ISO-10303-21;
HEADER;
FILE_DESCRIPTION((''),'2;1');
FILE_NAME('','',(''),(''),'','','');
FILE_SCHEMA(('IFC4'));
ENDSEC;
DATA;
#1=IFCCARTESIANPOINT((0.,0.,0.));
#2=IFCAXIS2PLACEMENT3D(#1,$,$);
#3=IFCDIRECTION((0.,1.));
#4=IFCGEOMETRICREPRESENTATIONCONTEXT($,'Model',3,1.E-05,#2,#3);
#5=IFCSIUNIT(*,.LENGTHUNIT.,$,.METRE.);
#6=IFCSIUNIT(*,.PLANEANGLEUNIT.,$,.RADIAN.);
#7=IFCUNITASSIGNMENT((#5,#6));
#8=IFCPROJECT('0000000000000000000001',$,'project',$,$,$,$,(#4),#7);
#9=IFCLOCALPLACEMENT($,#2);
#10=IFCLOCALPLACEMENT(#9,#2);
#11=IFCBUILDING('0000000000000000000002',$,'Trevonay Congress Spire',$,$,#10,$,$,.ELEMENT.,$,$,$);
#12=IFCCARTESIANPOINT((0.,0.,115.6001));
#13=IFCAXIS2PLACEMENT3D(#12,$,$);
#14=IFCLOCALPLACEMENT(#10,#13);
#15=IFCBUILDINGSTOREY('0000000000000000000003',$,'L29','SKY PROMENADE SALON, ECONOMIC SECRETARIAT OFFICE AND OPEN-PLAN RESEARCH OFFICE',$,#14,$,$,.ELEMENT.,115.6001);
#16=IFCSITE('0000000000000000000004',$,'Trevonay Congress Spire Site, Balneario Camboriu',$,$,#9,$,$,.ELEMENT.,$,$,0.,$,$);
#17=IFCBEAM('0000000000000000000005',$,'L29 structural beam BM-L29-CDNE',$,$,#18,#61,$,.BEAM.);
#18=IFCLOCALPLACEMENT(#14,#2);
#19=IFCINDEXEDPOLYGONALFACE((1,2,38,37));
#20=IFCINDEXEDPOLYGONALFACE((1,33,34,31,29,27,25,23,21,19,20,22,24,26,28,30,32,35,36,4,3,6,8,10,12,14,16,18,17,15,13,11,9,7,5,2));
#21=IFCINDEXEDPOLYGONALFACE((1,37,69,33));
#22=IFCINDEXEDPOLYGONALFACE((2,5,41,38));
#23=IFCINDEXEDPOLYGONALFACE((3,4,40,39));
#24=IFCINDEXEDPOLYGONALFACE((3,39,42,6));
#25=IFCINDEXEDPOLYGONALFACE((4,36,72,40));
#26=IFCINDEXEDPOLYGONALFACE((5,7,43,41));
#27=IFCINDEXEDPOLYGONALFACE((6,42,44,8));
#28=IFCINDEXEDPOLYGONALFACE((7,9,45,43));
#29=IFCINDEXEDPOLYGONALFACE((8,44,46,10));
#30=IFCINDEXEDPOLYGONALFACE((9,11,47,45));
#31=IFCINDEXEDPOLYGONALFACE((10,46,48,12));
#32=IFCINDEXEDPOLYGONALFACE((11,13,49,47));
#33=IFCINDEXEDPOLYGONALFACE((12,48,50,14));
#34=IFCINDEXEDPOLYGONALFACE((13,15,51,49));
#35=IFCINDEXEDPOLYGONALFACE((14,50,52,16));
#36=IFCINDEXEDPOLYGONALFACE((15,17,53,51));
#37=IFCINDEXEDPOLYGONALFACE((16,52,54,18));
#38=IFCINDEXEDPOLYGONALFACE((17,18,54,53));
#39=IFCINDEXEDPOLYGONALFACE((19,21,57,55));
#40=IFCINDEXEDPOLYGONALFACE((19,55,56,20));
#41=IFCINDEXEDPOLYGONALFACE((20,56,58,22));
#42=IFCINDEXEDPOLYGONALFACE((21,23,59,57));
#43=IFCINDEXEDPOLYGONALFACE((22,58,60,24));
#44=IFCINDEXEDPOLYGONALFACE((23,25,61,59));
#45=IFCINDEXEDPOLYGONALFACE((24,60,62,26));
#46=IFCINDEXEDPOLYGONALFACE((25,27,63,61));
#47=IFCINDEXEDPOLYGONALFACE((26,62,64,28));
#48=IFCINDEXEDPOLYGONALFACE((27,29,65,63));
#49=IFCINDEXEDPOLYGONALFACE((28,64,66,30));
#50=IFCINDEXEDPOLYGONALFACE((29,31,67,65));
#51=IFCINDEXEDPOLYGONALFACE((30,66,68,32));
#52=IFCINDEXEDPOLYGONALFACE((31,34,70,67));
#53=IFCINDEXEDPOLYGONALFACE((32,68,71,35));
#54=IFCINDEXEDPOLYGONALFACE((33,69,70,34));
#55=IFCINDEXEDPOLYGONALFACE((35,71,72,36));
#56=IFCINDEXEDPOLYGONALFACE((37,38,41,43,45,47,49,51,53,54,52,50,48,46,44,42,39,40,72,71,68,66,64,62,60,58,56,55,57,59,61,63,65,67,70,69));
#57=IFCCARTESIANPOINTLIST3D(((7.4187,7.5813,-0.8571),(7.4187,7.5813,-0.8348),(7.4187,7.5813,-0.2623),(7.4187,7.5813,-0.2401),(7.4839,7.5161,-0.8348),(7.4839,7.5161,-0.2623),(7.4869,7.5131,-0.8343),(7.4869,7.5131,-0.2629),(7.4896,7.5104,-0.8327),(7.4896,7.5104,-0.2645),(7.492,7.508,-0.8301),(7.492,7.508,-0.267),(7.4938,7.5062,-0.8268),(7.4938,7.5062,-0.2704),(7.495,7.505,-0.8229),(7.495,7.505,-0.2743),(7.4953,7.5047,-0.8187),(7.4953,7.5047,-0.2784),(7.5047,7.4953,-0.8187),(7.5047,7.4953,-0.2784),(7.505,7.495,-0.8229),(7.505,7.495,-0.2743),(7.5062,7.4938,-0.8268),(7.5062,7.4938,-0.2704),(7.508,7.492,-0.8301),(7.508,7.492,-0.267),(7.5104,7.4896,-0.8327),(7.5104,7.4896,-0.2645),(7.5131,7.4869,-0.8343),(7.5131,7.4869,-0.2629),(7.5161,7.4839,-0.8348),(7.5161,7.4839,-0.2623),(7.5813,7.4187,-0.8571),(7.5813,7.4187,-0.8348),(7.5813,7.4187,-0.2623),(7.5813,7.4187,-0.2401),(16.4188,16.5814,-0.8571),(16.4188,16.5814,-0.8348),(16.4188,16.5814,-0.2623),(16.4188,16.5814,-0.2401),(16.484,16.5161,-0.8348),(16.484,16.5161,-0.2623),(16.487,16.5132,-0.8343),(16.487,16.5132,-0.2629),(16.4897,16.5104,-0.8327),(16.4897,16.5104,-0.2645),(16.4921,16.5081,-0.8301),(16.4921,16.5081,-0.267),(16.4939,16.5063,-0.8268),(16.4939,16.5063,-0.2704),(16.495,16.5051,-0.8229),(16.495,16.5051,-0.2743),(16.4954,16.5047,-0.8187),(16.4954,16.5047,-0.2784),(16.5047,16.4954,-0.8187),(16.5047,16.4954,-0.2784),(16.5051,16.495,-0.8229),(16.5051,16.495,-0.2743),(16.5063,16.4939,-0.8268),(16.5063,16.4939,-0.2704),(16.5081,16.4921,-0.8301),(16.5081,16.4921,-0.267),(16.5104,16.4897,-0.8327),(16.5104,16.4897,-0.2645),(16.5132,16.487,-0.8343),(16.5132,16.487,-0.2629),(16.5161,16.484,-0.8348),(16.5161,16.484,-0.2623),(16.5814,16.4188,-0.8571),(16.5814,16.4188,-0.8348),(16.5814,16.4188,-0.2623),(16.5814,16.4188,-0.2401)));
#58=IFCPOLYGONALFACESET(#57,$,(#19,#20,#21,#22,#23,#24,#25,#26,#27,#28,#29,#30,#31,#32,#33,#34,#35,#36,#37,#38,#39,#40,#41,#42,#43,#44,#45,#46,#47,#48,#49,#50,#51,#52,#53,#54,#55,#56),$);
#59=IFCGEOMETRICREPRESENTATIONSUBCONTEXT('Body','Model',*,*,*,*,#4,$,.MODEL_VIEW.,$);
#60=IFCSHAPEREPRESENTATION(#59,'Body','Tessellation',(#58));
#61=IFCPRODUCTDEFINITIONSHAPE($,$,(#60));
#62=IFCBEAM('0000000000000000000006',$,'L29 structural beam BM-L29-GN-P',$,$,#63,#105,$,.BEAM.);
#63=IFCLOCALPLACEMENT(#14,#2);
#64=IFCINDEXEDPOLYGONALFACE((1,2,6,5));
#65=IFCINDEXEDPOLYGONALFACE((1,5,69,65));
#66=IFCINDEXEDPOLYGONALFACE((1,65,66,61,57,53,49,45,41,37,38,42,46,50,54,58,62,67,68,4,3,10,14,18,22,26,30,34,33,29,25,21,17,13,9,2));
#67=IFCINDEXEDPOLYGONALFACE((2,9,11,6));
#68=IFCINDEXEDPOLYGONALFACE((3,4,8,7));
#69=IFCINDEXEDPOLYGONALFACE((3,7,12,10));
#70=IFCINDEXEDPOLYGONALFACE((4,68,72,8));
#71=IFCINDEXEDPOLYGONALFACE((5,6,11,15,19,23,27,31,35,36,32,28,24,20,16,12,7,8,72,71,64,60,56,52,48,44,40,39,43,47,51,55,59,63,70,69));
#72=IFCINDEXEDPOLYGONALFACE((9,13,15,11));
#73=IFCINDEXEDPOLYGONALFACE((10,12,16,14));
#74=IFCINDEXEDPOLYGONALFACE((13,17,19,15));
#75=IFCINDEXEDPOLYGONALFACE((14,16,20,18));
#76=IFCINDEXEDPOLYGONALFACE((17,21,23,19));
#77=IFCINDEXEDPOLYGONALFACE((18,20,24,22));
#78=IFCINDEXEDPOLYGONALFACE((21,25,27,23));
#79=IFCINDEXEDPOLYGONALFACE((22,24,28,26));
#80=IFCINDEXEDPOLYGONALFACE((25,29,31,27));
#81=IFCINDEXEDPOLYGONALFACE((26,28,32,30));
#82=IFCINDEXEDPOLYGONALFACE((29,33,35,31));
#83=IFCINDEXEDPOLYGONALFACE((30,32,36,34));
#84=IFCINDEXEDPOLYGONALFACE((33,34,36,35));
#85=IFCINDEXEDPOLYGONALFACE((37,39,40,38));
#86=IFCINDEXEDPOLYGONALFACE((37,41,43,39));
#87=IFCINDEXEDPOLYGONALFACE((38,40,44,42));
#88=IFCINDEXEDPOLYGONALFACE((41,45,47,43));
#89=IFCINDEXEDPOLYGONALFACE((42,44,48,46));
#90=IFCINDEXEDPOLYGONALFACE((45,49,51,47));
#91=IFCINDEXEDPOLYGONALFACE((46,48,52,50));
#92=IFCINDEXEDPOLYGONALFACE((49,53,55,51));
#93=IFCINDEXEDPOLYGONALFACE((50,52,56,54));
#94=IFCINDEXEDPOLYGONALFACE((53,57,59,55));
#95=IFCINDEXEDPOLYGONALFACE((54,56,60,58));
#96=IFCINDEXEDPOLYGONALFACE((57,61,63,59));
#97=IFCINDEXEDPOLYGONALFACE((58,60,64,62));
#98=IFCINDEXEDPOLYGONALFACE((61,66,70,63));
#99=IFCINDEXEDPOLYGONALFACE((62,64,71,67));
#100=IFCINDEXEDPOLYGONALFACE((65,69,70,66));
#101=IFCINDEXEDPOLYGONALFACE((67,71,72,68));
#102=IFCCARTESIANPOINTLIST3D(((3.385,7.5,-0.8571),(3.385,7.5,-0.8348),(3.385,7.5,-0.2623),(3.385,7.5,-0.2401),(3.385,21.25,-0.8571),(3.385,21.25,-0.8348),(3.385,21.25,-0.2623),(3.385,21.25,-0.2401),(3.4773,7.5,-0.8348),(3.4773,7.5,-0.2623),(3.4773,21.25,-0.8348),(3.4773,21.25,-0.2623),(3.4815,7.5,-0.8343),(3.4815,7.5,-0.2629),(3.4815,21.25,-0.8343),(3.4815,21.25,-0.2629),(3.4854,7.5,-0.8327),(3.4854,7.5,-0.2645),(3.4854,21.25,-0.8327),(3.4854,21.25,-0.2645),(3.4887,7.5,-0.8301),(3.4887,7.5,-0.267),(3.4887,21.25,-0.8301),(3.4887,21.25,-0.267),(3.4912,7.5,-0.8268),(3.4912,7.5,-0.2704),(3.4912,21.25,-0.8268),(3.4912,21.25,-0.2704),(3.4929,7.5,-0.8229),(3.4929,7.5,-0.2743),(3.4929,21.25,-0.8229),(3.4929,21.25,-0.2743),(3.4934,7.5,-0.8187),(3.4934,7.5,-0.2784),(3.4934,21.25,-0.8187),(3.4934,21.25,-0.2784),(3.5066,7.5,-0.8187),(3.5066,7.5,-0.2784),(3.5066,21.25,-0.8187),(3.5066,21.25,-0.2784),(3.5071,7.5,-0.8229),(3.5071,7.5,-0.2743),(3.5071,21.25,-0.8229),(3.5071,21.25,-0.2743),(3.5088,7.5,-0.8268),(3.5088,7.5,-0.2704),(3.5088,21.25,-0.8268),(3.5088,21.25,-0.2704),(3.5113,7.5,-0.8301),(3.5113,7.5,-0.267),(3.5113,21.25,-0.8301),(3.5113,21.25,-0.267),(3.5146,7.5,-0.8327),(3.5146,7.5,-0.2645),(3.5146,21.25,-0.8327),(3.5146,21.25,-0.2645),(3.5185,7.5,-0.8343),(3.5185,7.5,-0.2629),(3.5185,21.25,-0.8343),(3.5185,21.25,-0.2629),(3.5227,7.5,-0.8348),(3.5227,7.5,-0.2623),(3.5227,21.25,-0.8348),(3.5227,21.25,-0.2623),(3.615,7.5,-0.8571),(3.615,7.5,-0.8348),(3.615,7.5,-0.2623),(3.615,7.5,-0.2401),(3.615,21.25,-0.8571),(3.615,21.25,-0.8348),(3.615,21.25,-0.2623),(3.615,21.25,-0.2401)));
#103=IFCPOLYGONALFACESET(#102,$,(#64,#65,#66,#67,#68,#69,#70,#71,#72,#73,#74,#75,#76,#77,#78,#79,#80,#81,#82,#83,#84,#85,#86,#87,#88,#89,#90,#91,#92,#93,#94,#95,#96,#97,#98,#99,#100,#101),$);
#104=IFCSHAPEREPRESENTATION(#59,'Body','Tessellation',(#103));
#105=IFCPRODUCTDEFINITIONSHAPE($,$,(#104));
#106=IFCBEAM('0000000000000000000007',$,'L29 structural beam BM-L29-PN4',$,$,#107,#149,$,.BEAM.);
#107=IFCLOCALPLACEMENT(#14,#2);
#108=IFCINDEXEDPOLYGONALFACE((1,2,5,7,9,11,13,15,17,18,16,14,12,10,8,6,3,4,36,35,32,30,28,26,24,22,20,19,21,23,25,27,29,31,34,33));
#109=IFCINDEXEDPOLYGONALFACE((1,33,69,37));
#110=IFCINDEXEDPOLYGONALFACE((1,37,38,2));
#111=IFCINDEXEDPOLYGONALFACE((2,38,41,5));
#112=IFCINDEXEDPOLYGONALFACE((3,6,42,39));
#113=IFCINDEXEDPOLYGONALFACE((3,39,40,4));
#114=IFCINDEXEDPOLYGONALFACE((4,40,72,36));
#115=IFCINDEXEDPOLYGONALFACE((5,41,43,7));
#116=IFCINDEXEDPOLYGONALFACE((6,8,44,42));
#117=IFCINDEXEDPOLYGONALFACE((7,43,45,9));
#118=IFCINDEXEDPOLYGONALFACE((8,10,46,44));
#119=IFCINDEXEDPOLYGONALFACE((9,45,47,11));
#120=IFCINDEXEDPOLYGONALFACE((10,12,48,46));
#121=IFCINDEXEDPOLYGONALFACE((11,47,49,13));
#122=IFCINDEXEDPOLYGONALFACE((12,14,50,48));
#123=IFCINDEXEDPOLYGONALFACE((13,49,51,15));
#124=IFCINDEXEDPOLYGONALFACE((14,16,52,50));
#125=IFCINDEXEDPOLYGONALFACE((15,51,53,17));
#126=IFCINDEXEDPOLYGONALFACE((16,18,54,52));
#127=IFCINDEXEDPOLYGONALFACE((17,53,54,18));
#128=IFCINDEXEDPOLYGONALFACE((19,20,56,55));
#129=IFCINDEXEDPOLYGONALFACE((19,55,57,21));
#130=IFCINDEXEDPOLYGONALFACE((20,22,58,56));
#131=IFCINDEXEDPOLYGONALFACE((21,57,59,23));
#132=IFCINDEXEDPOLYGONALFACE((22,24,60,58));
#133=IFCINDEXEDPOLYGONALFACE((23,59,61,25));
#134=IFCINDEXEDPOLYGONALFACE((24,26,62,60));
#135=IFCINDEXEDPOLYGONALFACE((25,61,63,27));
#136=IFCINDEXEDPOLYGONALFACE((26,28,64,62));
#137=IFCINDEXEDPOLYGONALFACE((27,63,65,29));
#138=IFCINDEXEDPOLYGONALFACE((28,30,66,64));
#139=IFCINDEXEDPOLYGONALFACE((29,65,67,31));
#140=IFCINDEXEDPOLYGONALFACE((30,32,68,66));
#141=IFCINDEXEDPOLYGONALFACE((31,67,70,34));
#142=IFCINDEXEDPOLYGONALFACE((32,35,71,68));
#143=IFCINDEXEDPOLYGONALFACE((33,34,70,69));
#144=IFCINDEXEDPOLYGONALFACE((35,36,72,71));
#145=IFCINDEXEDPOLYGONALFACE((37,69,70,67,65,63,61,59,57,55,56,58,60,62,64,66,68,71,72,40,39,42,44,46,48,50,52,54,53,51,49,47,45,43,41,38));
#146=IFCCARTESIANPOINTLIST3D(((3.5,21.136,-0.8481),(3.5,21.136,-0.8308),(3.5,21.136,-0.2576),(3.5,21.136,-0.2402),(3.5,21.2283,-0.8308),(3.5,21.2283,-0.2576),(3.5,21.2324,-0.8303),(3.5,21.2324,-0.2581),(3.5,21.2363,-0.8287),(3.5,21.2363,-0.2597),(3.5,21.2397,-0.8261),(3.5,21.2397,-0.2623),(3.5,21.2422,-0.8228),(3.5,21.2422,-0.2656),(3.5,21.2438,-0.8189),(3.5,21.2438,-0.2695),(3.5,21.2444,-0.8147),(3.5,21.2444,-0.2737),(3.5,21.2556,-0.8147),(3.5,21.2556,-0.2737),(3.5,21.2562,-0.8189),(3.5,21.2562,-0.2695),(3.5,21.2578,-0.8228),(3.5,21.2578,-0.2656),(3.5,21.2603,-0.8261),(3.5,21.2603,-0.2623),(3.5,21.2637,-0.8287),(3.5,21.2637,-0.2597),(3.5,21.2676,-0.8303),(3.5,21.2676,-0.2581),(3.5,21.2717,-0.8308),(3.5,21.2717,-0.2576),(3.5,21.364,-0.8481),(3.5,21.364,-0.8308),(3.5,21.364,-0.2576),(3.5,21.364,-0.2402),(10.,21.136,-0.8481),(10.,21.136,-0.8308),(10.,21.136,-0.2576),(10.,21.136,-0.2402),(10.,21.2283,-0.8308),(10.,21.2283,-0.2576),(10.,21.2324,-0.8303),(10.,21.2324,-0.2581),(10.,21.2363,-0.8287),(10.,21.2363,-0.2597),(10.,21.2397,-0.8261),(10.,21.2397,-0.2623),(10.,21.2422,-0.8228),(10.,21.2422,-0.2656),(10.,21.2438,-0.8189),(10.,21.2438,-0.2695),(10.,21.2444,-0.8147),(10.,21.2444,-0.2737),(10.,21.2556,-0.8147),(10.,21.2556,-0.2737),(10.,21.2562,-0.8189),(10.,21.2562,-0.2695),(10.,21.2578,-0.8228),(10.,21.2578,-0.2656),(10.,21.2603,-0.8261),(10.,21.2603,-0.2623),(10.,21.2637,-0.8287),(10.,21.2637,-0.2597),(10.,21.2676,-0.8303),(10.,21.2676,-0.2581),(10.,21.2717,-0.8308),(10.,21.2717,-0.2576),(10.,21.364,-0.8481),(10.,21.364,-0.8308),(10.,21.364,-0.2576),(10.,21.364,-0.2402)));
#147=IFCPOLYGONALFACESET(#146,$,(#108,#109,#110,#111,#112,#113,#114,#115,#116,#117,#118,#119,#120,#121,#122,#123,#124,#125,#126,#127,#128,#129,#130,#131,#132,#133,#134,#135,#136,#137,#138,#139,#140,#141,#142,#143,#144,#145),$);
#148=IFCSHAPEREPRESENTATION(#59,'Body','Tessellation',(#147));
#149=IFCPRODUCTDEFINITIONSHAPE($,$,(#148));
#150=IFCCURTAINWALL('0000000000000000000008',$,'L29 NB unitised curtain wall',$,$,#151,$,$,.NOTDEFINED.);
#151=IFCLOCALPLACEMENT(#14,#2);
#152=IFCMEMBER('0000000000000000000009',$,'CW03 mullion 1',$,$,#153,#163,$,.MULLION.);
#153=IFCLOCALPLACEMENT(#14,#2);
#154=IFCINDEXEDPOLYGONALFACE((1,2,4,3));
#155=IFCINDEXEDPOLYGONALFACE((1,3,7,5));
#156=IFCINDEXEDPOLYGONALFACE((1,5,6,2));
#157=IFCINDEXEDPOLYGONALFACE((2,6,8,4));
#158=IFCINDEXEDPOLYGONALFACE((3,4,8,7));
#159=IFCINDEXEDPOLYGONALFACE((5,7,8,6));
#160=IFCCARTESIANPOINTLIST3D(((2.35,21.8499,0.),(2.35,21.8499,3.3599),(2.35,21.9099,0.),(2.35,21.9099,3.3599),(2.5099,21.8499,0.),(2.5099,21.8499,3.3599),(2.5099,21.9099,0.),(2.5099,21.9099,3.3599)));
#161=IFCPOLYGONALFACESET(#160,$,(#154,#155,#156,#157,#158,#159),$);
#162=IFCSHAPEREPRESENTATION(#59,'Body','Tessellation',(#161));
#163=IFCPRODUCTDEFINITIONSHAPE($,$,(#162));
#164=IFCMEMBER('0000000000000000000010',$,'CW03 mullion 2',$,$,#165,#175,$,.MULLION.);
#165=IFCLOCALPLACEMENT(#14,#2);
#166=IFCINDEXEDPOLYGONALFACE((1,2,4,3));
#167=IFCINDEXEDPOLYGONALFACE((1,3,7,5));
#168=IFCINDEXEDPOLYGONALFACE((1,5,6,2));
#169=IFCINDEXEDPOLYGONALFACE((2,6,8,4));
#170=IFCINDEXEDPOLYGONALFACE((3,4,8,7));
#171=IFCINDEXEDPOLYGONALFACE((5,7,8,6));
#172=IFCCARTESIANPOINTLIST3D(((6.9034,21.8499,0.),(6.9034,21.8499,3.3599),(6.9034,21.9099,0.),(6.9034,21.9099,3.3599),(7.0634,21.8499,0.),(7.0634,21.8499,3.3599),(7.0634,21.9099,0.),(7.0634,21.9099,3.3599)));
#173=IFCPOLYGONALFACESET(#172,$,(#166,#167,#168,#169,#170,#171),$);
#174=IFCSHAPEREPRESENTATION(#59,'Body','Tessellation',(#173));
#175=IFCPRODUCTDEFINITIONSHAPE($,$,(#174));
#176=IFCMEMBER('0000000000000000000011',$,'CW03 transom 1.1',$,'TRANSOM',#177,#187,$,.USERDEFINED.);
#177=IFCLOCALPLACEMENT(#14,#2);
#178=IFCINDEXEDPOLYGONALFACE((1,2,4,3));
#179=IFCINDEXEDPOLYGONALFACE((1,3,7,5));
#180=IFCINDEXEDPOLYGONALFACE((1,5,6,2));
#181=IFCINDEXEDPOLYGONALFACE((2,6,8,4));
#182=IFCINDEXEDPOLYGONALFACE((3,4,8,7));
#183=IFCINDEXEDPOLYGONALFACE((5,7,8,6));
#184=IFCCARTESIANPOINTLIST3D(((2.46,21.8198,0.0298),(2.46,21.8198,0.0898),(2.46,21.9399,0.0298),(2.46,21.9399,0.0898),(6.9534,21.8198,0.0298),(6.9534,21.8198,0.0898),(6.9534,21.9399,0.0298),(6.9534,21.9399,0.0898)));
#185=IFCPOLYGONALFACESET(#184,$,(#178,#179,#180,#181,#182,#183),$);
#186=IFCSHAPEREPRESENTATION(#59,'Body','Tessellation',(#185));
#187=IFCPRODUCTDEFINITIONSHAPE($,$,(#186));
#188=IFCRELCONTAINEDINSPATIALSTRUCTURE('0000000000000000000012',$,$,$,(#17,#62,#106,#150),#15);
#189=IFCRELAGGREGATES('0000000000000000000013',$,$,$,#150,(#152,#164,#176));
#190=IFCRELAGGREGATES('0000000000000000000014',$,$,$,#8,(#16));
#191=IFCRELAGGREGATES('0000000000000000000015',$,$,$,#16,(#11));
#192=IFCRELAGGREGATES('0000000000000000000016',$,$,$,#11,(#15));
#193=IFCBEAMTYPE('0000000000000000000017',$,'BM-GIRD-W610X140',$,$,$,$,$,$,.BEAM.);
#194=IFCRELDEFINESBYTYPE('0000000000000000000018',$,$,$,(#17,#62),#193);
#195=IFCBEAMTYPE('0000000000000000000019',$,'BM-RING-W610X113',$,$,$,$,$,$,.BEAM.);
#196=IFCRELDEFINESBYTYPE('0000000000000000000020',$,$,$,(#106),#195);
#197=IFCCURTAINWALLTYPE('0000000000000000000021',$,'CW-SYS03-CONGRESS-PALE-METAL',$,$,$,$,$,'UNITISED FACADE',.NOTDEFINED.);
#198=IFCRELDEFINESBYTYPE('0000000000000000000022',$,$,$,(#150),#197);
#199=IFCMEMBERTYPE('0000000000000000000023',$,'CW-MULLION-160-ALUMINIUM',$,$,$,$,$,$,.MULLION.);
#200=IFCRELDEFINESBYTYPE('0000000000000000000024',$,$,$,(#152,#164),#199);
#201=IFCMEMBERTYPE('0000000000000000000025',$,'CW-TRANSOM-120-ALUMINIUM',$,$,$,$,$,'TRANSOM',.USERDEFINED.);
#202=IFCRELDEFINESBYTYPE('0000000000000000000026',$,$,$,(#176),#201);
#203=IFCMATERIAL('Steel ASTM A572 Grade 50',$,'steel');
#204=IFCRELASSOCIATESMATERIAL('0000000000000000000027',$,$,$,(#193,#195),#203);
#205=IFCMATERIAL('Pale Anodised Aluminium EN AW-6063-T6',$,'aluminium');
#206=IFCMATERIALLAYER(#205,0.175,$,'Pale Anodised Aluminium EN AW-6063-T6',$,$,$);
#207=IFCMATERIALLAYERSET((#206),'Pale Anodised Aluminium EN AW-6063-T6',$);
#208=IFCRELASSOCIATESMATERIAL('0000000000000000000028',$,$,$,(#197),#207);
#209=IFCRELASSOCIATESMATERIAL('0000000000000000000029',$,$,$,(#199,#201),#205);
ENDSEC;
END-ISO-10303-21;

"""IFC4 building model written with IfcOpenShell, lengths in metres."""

from ifc_helpers import new_model, si_unit, direction, frame, origin, origin_2d, place, context, subcontext, project, spatial, rectangle, i_section, extrude, material, layer, layer_set, material_profile, profile_set, type_object, element, aggregate, save


model = new_model("IFC4")

# Units and contexts
model_context = context("Model", 3, precision=1e-05, world=origin(), true_north=direction((0.0, 1.0)))
body_context = subcontext(model_context, "Body", "Model", "MODEL_VIEW")
ifc_project = project(units=[si_unit("LENGTHUNIT", "METRE"), si_unit("PLANEANGLEUNIT", "RADIAN")], contexts=[model_context])

# Site, building, storey
site_placement = place(None, origin())
site = spatial("IfcSite", under=ifc_project, at=site_placement, Name="Trevonay Congress Spire Site, Balneario Camboriu", CompositionType="ELEMENT", RefElevation=0.0)
building_placement = place(site_placement, origin())
building = spatial("IfcBuilding", under=site, at=building_placement, Name="Trevonay Congress Spire", CompositionType="ELEMENT")
storey_placement = place(building_placement, frame((0.0, 0.0, 115.6001)))
storey = spatial("IfcBuildingStorey", under=building, at=storey_placement, Name="L29", Description="SKY PROMENADE SALON, ECONOMIC SECRETARIAT OFFICE AND OPEN-PLAN RESEARCH OFFICE", CompositionType="ELEMENT", Elevation=115.6001)

# Shared definitions
ifc_material_1 = material(Name="Steel ASTM A572 Grade 50", Category="steel")

# Beams
ifc_material_profile_1 = material_profile(ifc_material_1, i_section(OverallWidth=0.23, OverallDepth=0.6169, WebThickness=0.0132, FlangeThickness=0.0222, FilletRadius=0.0161, at=origin_2d()), Name="W610x140")
ifc_profile_set_1 = profile_set([ifc_material_profile_1], Name="Steel ASTM A572 Grade 50")
beam_type_1 = type_object("IfcBeamType", Name="BM-GIRD-W610X140", PredefinedType="BEAM", material=ifc_profile_set_1)
beam_1_placement = place(storey_placement, frame((7.5, 7.5, -0.5486), z_axis=(0.707107, 0.707107, 0.0), x_axis=(-0.707107, 0.707107, 0.0)))
element("IfcBeam", 1, at=beam_1_placement, inside=storey, type_object=beam_type_1, Name="L29 structural beam BM-L29-CDNE", PredefinedType="BEAM", context=body_context, shape_type="SweptSolid", body=[
    extrude(i_section(OverallWidth=0.23, OverallDepth=0.6169, WebThickness=0.0132, FlangeThickness=0.0222, FilletRadius=0.0161, at=origin_2d()), origin(), (0.0, 0.0, 1.0), 12.728),
])
beam_2_placement = place(storey_placement, frame((3.5, 7.5, -0.5486), z_axis=(0.0, 1.0, 0.0), x_axis=(-1.0, 0.0, 0.0)))
element("IfcBeam", 2, at=beam_2_placement, inside=storey, type_object=beam_type_1, Name="L29 structural beam BM-L29-GN-P", PredefinedType="BEAM", context=body_context, shape_type="SweptSolid", body=[
    extrude(i_section(OverallWidth=0.23, OverallDepth=0.6169, WebThickness=0.0132, FlangeThickness=0.0222, FilletRadius=0.0161, at=origin_2d()), origin(), (0.0, 0.0, 1.0), 13.75),
])
ifc_material_profile_2 = material_profile(ifc_material_1, i_section(OverallWidth=0.228, OverallDepth=0.6079, WebThickness=0.0112, FlangeThickness=0.0173, FilletRadius=0.0161, at=origin_2d()), Name="W610x113")
ifc_profile_set_2 = profile_set([ifc_material_profile_2], Name="Steel ASTM A572 Grade 50")
beam_type_2 = type_object("IfcBeamType", Name="BM-RING-W610X113", PredefinedType="BEAM", material=ifc_profile_set_2)
beam_3_placement = place(storey_placement, frame((3.5, 21.25, -0.5442), z_axis=(1.0, 0.0, 0.0), x_axis=(0.0, 1.0, 0.0)))
element("IfcBeam", 3, at=beam_3_placement, inside=storey, type_object=beam_type_2, Name="L29 structural beam BM-L29-PN4", PredefinedType="BEAM", context=body_context, shape_type="SweptSolid", body=[
    extrude(i_section(OverallWidth=0.228, OverallDepth=0.6079, WebThickness=0.0112, FlangeThickness=0.0173, FilletRadius=0.0161, at=origin_2d()), origin(), (0.0, 0.0, 1.0), 6.5),
])

# Curtain wall, members
ifc_material_2 = material(Name="Pale Anodised Aluminium EN AW-6063-T6", Category="aluminium")
ifc_layer_1 = layer(ifc_material_2, 0.175, Name="Pale Anodised Aluminium EN AW-6063-T6")
ifc_layer_set_1 = layer_set([ifc_layer_1], Name="Pale Anodised Aluminium EN AW-6063-T6")
curtain_wall_type = type_object("IfcCurtainWallType", Name="CW-SYS03-CONGRESS-PALE-METAL", ElementType="UNITISED FACADE", PredefinedType="NOTDEFINED", material=ifc_layer_set_1)
curtain_wall_placement = place(storey_placement, origin())
curtain_wall = element("IfcCurtainWall", 4, at=curtain_wall_placement, inside=storey, type_object=curtain_wall_type, Name="L29 NB unitised curtain wall", PredefinedType="NOTDEFINED")
ifc_material_profile_3 = material_profile(ifc_material_2, rectangle(XDim=0.0601, YDim=0.1599, at=origin_2d()), Name="CW-MULLION-160-ALUMINIUM")
ifc_profile_set_3 = profile_set([ifc_material_profile_3], Name="Pale Anodised Aluminium EN AW-6063-T6")
member_type_1 = type_object("IfcMemberType", Name="CW-MULLION-160-ALUMINIUM", PredefinedType="MULLION", material=ifc_profile_set_3)
member_1_placement = place(storey_placement, frame((2.4299, 21.8799, 0.0), z_axis=(0.0, 0.0, 1.0), x_axis=(0.0, 1.0, 0.0)))
member_1 = element("IfcMember", 5, at=member_1_placement, type_object=member_type_1, Name="CW03 mullion 1", PredefinedType="MULLION", context=body_context, shape_type="SweptSolid", body=[
    extrude(rectangle(XDim=0.0601, YDim=0.1599, at=origin_2d()), origin(), (0.0, 0.0, 1.0), 3.3599),
])
member_2_placement = place(storey_placement, frame((6.9834, 21.8799, 0.0), z_axis=(0.0, 0.0, 1.0), x_axis=(0.0, 1.0, 0.0)))
member_2 = element("IfcMember", 6, at=member_2_placement, type_object=member_type_1, Name="CW03 mullion 2", PredefinedType="MULLION", context=body_context, shape_type="SweptSolid", body=[
    extrude(rectangle(XDim=0.0601, YDim=0.1599, at=origin_2d()), origin(), (0.0, 0.0, 1.0), 3.3599),
])
ifc_material_profile_4 = material_profile(ifc_material_2, rectangle(XDim=0.1201, YDim=0.0601, at=origin_2d()), Name="CW-TRANSOM-120-ALUMINIUM")
ifc_profile_set_4 = profile_set([ifc_material_profile_4], Name="Pale Anodised Aluminium EN AW-6063-T6")
member_type_2 = type_object("IfcMemberType", Name="CW-TRANSOM-120-ALUMINIUM", ElementType="TRANSOM", PredefinedType="USERDEFINED", material=ifc_profile_set_4)
member_3_placement = place(storey_placement, frame((2.46, 21.8799, 0.0598), z_axis=(1.0, 0.0, 0.0), x_axis=(0.0, 1.0, 0.0)))
member_3 = element("IfcMember", 7, at=member_3_placement, type_object=member_type_2, Name="CW03 transom 1.1", ObjectType="TRANSOM", PredefinedType="USERDEFINED", context=body_context, shape_type="SweptSolid", body=[
    extrude(rectangle(XDim=0.1201, YDim=0.0601, at=origin_2d()), origin(), (0.0, 0.0, 1.0), 4.4934),
])

aggregate(curtain_wall, [member_1, member_2, member_3])

save(model, "model.ifc")
